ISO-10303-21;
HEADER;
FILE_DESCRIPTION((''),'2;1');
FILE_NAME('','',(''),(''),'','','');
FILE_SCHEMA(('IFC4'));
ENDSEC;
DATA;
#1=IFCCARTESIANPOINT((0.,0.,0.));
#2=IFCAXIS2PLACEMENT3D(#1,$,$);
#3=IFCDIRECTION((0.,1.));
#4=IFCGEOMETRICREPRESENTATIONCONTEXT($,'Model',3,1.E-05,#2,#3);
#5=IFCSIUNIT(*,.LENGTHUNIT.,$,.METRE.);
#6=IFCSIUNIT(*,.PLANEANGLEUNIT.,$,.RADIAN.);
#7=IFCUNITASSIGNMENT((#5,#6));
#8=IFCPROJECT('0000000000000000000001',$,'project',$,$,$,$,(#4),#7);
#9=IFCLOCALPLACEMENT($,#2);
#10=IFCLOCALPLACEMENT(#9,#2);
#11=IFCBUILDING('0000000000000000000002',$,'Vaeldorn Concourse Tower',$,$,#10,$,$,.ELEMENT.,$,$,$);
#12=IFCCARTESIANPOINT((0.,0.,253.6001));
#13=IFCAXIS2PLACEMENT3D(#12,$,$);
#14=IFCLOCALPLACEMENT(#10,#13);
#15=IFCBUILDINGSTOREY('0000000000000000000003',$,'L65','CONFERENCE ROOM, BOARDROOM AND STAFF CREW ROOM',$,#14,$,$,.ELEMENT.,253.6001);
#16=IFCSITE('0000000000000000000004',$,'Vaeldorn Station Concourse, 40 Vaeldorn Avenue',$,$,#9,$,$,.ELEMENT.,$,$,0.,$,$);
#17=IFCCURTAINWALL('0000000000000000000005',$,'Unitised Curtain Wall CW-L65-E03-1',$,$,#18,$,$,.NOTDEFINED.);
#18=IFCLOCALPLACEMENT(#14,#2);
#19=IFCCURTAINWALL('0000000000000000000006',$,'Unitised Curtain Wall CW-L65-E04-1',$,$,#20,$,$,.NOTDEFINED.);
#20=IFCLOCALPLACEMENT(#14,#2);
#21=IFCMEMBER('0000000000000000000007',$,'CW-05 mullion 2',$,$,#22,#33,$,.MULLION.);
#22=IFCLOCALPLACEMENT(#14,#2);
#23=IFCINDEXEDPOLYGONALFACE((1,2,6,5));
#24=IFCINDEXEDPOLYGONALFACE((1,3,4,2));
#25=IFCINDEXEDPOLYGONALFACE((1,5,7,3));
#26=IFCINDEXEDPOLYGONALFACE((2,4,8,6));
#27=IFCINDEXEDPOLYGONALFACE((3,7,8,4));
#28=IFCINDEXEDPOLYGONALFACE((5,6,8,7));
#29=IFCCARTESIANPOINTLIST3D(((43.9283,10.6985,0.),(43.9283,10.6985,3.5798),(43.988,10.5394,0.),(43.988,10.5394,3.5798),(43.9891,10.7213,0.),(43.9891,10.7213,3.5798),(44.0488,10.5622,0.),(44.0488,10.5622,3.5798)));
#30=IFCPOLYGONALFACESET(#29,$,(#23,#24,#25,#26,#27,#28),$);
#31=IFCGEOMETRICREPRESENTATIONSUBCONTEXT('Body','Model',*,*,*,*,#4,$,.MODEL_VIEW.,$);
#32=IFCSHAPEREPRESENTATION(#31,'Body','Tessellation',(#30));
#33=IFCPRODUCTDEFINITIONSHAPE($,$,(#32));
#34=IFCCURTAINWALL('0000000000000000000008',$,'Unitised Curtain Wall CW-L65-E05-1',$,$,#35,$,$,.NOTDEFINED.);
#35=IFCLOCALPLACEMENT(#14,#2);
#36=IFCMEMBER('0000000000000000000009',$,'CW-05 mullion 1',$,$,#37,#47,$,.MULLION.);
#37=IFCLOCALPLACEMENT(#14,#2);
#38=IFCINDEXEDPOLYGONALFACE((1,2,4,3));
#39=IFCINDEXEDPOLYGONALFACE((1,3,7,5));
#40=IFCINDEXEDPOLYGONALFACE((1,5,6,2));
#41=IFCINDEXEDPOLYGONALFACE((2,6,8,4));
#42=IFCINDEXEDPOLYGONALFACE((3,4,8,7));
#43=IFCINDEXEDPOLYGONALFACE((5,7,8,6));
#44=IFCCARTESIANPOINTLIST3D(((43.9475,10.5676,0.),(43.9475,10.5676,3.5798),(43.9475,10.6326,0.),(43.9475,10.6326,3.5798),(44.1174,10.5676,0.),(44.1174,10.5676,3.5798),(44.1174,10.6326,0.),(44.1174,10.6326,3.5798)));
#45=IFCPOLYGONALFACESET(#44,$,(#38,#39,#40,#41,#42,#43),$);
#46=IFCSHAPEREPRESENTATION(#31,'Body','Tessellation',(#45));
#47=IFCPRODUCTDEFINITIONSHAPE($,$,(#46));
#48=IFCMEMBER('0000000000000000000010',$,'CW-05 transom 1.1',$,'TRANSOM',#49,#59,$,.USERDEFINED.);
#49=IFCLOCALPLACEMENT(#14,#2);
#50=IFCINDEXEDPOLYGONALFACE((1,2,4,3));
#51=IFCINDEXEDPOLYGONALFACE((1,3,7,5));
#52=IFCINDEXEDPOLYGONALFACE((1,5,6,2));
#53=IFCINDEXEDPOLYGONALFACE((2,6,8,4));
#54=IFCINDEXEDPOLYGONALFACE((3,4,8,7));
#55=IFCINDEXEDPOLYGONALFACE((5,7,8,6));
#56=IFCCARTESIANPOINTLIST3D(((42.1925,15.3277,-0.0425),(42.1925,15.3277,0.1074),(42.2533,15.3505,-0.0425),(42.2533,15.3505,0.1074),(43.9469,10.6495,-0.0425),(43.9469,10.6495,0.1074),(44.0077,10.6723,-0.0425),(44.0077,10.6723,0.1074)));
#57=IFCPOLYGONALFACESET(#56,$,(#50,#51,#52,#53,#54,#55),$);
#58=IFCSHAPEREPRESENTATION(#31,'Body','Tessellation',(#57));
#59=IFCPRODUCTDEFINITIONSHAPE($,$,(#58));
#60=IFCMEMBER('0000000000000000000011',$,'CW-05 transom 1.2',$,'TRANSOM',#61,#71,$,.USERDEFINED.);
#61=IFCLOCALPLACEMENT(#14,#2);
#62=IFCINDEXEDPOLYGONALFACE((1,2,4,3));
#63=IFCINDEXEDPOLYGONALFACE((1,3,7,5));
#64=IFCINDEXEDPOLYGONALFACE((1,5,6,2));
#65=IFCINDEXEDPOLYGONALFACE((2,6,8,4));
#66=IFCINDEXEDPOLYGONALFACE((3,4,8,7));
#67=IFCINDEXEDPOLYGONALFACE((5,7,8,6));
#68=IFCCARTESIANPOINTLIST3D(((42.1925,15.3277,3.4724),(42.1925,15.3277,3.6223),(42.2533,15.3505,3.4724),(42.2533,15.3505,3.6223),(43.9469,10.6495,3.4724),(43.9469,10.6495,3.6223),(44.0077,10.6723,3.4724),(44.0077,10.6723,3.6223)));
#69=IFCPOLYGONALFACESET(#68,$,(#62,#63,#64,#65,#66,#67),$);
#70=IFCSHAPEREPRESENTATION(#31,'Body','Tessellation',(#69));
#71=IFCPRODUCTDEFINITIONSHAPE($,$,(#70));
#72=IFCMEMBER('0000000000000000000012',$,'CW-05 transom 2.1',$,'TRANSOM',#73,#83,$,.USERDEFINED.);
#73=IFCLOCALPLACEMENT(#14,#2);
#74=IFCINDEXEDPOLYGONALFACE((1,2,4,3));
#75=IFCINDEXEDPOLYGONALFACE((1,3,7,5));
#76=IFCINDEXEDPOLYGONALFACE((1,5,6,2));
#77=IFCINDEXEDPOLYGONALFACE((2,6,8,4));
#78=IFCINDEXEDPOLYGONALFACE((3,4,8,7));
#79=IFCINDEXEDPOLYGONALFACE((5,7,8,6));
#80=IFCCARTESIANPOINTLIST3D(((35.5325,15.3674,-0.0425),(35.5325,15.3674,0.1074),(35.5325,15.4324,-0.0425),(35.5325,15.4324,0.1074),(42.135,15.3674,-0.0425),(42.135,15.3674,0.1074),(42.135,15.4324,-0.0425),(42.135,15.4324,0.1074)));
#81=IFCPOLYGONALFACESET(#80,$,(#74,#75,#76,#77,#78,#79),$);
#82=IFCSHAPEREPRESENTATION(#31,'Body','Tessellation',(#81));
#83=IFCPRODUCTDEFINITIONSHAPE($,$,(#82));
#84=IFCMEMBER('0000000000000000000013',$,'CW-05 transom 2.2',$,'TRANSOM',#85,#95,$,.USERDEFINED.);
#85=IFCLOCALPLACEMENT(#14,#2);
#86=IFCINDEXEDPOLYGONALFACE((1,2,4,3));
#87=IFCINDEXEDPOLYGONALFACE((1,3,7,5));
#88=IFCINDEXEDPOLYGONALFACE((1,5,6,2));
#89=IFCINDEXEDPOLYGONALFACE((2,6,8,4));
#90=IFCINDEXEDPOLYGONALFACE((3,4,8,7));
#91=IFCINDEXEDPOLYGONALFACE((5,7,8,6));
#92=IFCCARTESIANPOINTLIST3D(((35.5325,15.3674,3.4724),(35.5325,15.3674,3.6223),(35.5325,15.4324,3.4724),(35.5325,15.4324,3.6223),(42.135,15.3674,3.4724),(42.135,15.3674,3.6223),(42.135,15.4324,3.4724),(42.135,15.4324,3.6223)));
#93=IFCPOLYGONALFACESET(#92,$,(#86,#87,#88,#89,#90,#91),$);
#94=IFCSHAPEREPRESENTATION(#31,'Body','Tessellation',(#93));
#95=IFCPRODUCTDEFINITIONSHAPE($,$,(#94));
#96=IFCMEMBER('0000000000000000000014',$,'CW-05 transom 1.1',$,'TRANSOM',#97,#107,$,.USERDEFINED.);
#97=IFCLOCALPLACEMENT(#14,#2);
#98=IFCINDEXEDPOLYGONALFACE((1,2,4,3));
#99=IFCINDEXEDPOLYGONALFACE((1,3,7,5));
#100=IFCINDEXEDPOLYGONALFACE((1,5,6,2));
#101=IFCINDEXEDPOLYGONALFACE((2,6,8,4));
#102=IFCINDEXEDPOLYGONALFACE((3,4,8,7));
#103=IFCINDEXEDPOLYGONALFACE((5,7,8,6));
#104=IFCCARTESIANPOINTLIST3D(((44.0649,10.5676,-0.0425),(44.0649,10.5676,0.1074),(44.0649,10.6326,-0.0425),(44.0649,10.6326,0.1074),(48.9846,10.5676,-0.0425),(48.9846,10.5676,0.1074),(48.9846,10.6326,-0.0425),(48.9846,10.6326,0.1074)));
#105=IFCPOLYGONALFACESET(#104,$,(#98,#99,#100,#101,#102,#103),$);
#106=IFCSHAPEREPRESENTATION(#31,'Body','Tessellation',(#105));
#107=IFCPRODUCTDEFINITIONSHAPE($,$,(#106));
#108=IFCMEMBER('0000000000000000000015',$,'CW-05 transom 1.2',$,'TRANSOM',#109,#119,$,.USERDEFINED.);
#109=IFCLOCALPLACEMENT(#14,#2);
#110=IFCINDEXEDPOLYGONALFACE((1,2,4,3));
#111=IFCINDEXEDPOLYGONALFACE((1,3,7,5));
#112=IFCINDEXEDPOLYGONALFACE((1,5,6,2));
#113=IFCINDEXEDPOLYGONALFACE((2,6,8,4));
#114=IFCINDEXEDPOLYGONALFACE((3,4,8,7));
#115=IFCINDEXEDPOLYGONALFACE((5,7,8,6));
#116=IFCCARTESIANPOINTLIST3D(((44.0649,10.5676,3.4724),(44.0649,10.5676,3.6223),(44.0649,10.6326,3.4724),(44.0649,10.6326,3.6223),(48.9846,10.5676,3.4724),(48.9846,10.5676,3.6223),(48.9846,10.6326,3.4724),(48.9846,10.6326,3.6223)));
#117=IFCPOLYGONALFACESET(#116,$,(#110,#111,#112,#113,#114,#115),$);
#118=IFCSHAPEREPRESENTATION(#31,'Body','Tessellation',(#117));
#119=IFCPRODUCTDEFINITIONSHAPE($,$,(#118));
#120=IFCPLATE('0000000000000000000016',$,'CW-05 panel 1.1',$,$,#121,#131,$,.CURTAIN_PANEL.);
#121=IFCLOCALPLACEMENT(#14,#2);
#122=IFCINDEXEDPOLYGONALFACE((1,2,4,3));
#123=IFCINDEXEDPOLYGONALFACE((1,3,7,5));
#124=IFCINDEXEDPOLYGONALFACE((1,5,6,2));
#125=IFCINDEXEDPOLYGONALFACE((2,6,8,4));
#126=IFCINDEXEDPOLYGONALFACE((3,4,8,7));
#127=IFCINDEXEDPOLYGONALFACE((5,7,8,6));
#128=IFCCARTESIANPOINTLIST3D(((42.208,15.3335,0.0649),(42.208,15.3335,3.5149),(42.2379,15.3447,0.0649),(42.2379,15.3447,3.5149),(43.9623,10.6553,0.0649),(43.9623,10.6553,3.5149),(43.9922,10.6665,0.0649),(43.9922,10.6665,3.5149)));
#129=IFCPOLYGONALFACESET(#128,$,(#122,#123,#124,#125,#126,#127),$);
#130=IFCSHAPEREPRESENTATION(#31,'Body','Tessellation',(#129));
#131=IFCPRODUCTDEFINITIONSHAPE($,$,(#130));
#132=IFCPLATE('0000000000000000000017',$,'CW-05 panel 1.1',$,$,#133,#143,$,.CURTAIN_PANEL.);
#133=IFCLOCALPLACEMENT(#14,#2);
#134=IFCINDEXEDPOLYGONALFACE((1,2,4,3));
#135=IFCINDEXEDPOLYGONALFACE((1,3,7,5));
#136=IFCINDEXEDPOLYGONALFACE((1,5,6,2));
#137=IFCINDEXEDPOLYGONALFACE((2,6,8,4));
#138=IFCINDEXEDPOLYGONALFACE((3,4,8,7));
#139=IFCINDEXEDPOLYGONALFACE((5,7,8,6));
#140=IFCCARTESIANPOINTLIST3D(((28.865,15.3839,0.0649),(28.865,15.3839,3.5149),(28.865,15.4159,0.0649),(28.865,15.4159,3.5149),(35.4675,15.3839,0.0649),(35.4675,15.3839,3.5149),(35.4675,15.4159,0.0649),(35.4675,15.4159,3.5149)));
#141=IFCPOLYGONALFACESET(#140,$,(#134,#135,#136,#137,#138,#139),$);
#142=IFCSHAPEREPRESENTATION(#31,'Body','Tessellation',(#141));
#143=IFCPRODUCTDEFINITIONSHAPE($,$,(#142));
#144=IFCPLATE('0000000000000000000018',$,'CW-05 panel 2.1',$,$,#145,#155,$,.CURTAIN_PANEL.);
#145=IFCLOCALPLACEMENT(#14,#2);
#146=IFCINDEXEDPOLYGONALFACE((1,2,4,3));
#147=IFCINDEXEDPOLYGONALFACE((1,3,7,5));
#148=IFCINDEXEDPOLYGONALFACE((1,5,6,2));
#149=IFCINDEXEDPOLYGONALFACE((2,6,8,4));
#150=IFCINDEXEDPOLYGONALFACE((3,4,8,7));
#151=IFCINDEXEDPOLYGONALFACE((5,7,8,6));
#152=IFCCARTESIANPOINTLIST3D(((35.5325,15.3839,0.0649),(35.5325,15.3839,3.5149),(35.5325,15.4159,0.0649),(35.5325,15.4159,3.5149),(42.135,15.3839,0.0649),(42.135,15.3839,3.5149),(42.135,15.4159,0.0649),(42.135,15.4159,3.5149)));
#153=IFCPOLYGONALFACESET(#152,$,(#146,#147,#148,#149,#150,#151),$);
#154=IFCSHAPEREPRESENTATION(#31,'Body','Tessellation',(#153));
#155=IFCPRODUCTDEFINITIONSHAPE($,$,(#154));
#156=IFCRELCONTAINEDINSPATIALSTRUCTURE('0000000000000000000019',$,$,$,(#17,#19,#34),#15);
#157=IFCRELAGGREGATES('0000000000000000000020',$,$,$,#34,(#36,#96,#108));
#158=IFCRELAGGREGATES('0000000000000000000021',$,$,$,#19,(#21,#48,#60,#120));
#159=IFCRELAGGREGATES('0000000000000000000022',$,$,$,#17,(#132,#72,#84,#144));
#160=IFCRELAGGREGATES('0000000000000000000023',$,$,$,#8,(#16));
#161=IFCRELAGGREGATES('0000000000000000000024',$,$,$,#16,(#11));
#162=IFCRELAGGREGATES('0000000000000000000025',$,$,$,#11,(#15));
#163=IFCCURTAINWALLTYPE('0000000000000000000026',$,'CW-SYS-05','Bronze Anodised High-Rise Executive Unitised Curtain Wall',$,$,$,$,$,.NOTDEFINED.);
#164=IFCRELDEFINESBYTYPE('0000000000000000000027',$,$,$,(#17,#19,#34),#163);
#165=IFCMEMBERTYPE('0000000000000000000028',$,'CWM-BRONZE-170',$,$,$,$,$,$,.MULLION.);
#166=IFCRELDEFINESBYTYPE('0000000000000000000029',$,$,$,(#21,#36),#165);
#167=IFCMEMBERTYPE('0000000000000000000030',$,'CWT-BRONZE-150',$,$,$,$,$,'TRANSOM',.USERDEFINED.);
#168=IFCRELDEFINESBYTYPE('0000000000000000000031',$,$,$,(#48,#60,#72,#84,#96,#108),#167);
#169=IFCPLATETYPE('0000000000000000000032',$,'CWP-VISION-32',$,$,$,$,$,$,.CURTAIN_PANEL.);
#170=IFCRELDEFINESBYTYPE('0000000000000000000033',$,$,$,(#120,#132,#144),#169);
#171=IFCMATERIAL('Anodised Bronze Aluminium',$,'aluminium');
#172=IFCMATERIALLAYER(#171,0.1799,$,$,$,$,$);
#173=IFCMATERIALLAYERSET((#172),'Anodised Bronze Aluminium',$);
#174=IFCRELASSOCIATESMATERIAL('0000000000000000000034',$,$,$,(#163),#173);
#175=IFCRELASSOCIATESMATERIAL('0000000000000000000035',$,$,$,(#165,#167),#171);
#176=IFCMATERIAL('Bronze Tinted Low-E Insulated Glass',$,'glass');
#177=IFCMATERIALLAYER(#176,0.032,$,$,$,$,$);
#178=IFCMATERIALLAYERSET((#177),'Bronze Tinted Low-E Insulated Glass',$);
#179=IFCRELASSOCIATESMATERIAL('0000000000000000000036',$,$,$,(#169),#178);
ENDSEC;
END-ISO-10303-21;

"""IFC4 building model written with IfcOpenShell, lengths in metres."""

from ifc_helpers import new_model, si_unit, direction, frame, origin, origin_2d, place, context, subcontext, project, spatial, rectangle, extrude, source, transform, mapped, material, layer, layer_set, material_profile, profile_set, type_object, element, aggregate, save


model = new_model("IFC4")

# Units and contexts
model_context = context("Model", 3, precision=1e-05, world=origin(), true_north=direction((0.0, 1.0)))
body_context = subcontext(model_context, "Body", "Model", "MODEL_VIEW")
ifc_project = project(units=[si_unit("LENGTHUNIT", "METRE"), si_unit("PLANEANGLEUNIT", "RADIAN")], contexts=[model_context])

# Site, building, storey
site_placement = place(None, origin())
site = spatial("IfcSite", under=ifc_project, at=site_placement, Name="Vaeldorn Station Concourse, 40 Vaeldorn Avenue", CompositionType="ELEMENT", RefElevation=0.0)
building_placement = place(site_placement, origin())
building = spatial("IfcBuilding", under=site, at=building_placement, Name="Vaeldorn Concourse Tower", CompositionType="ELEMENT")
storey_placement = place(building_placement, frame((0.0, 0.0, 253.6001)))
storey = spatial("IfcBuildingStorey", under=building, at=storey_placement, Name="L65", Description="CONFERENCE ROOM, BOARDROOM AND STAFF CREW ROOM", CompositionType="ELEMENT", Elevation=253.6001)

# Curtain walls, member
ifc_material_1 = material(Name="Anodised Bronze Aluminium", Category="aluminium")
ifc_layer_1 = layer(ifc_material_1, 0.1799)
ifc_layer_set_1 = layer_set([ifc_layer_1], Name="Anodised Bronze Aluminium")
curtain_wall_type = type_object("IfcCurtainWallType", Name="CW-SYS-05", Description="Bronze Anodised High-Rise Executive Unitised Curtain Wall", PredefinedType="NOTDEFINED", material=ifc_layer_set_1)
curtain_wall_1_placement = place(storey_placement, origin())
curtain_wall_1 = element("IfcCurtainWall", 1, at=curtain_wall_1_placement, inside=storey, type_object=curtain_wall_type, Name="Unitised Curtain Wall CW-L65-E03-1", PredefinedType="NOTDEFINED")
ifc_material_profile_1 = material_profile(ifc_material_1, rectangle(XDim=0.0649, YDim=0.1699, at=origin_2d()), Name="CWM 65x170")
ifc_profile_set_1 = profile_set([ifc_material_profile_1], Name="Anodised Bronze Aluminium")
member_type_1 = type_object("IfcMemberType", Name="CWM-BRONZE-170", PredefinedType="MULLION", material=ifc_profile_set_1)
shared_shape_1 = source(origin(), body_context, "Body", "SweptSolid", [
    extrude(rectangle(XDim=0.0649, YDim=0.1699, at=origin_2d()), origin(), (0.0, 0.0, 1.0), 3.5798),
])
curtain_wall_2_placement = place(storey_placement, origin())
curtain_wall_2 = element("IfcCurtainWall", 2, at=curtain_wall_2_placement, inside=storey, type_object=curtain_wall_type, Name="Unitised Curtain Wall CW-L65-E04-1", PredefinedType="NOTDEFINED")
member_1_placement = place(storey_placement, frame((43.9885, 10.6304, 0.0), z_axis=(0.0, 0.0, 1.0), x_axis=(0.936329, 0.351123, 0.0)))
member_1 = element("IfcMember", 3, at=member_1_placement, type_object=member_type_1, Name="CW-05 mullion 2", PredefinedType="MULLION", context=body_context, shape_type="MappedRepresentation", body=[
    mapped(shared_shape_1, transform((0.0, 0.0, 0.0), scale=1.0)),
])

# Curtain wall, member
curtain_wall_3_placement = place(storey_placement, origin())
curtain_wall_3 = element("IfcCurtainWall", 4, at=curtain_wall_3_placement, inside=storey, type_object=curtain_wall_type, Name="Unitised Curtain Wall CW-L65-E05-1", PredefinedType="NOTDEFINED")
member_2_placement = place(storey_placement, frame((44.0325, 10.6001, 0.0), z_axis=(0.0, 0.0, 1.0), x_axis=(0.0, 1.0, 0.0)))
member_2 = element("IfcMember", 5, at=member_2_placement, type_object=member_type_1, Name="CW-05 mullion 1", PredefinedType="MULLION", context=body_context, shape_type="MappedRepresentation", body=[
    mapped(shared_shape_1, transform((0.0, 0.0, 0.0), scale=1.0)),
])

# Members
ifc_material_profile_2 = material_profile(ifc_material_1, rectangle(XDim=0.0649, YDim=0.1499, at=origin_2d()), Name="CWT 65x150")
ifc_profile_set_2 = profile_set([ifc_material_profile_2], Name="Anodised Bronze Aluminium")
member_type_2 = type_object("IfcMemberType", Name="CWT-BRONZE-150", ElementType="TRANSOM", PredefinedType="USERDEFINED", material=ifc_profile_set_2)
shared_shape_2 = source(origin(), body_context, "Body", "SweptSolid", [
    extrude(rectangle(XDim=0.0649, YDim=0.1499, at=origin_2d()), origin(), (0.0, 0.0, 1.0), 4.9963),
])
member_3_placement = place(storey_placement, frame((42.2229, 15.3391, 0.0325), z_axis=(0.351134, -0.936325, 0.0), x_axis=(0.936325, 0.351134, 0.0)))
member_3 = element("IfcMember", 6, at=member_3_placement, type_object=member_type_2, Name="CW-05 transom 1.1", ObjectType="TRANSOM", PredefinedType="USERDEFINED", context=body_context, shape_type="MappedRepresentation", body=[
    mapped(shared_shape_2, transform((0.0, 0.0, 0.0), scale=1.0)),
])
member_4_placement = place(storey_placement, frame((42.2229, 15.3391, 3.5474), z_axis=(0.351134, -0.936325, 0.0), x_axis=(0.936325, 0.351134, 0.0)))
member_4 = element("IfcMember", 7, at=member_4_placement, type_object=member_type_2, Name="CW-05 transom 1.2", ObjectType="TRANSOM", PredefinedType="USERDEFINED", context=body_context, shape_type="MappedRepresentation", body=[
    mapped(shared_shape_2, transform((0.0, 0.0, 0.0), scale=1.0)),
])
shared_shape_3 = source(origin(), body_context, "Body", "SweptSolid", [
    extrude(rectangle(XDim=0.0649, YDim=0.1499, at=origin_2d()), origin(), (0.0, 0.0, 1.0), 6.6025),
])
member_5_placement = place(storey_placement, frame((35.5325, 15.3999, 0.0325), z_axis=(1.0, 0.0, 0.0), x_axis=(0.0, 1.0, 0.0)))
member_5 = element("IfcMember", 8, at=member_5_placement, type_object=member_type_2, Name="CW-05 transom 2.1", ObjectType="TRANSOM", PredefinedType="USERDEFINED", context=body_context, shape_type="MappedRepresentation", body=[
    mapped(shared_shape_3, transform((0.0, 0.0, 0.0), scale=1.0)),
])
member_6_placement = place(storey_placement, frame((35.5325, 15.3999, 3.5474), z_axis=(1.0, 0.0, 0.0), x_axis=(0.0, 1.0, 0.0)))
member_6 = element("IfcMember", 9, at=member_6_placement, type_object=member_type_2, Name="CW-05 transom 2.2", ObjectType="TRANSOM", PredefinedType="USERDEFINED", context=body_context, shape_type="MappedRepresentation", body=[
    mapped(shared_shape_3, transform((0.0, 0.0, 0.0), scale=1.0)),
])
shared_shape_4 = source(origin(), body_context, "Body", "SweptSolid", [
    extrude(rectangle(XDim=0.0649, YDim=0.1499, at=origin_2d()), origin(), (0.0, 0.0, 1.0), 4.9197),
])
member_7_placement = place(storey_placement, frame((44.0649, 10.6001, 0.0325), z_axis=(1.0, 0.0, 0.0), x_axis=(0.0, 1.0, 0.0)))
member_7 = element("IfcMember", 10, at=member_7_placement, type_object=member_type_2, Name="CW-05 transom 1.1", ObjectType="TRANSOM", PredefinedType="USERDEFINED", context=body_context, shape_type="MappedRepresentation", body=[
    mapped(shared_shape_4, transform((0.0, 0.0, 0.0), scale=1.0)),
])
member_8_placement = place(storey_placement, frame((44.0649, 10.6001, 3.5474), z_axis=(1.0, 0.0, 0.0), x_axis=(0.0, 1.0, 0.0)))
member_8 = element("IfcMember", 11, at=member_8_placement, type_object=member_type_2, Name="CW-05 transom 1.2", ObjectType="TRANSOM", PredefinedType="USERDEFINED", context=body_context, shape_type="MappedRepresentation", body=[
    mapped(shared_shape_4, transform((0.0, 0.0, 0.0), scale=1.0)),
])
aggregate(curtain_wall_3, [member_2, member_7, member_8])

# Plates
ifc_material_2 = material(Name="Bronze Tinted Low-E Insulated Glass", Category="glass")
ifc_layer_2 = layer(ifc_material_2, 0.032)
ifc_layer_set_2 = layer_set([ifc_layer_2], Name="Bronze Tinted Low-E Insulated Glass")
plate_type = type_object("IfcPlateType", Name="CWP-VISION-32", PredefinedType="CURTAIN_PANEL", material=ifc_layer_set_2)
shared_shape_5 = source(origin(), body_context, "Body", "SweptSolid", [
    extrude(rectangle(XDim=4.9963, YDim=0.032, at=origin_2d()), origin(), (0.0, 0.0, 1.0), 3.45),
])
plate_1_placement = place(storey_placement, frame((43.1001, 13.0, 0.0649), z_axis=(0.0, 0.0, 1.0), x_axis=(0.351123, -0.936329, 0.0)))
plate_1 = element("IfcPlate", 12, at=plate_1_placement, type_object=plate_type, Name="CW-05 panel 1.1", PredefinedType="CURTAIN_PANEL", context=body_context, shape_type="MappedRepresentation", body=[
    mapped(shared_shape_5, transform((0.0, 0.0, 0.0), scale=1.0)),
])
aggregate(curtain_wall_2, [member_1, member_3, member_4, plate_1])
shared_shape_6 = source(origin(), body_context, "Body", "SweptSolid", [
    extrude(rectangle(XDim=6.6025, YDim=0.032, at=origin_2d()), origin(), (0.0, 0.0, 1.0), 3.45),
])
plate_2_placement = place(storey_placement, frame((32.1663, 15.3999, 0.0649), z_axis=(0.0, 0.0, 1.0), x_axis=(1.0, 0.0, 0.0)))
plate_2 = element("IfcPlate", 13, at=plate_2_placement, type_object=plate_type, Name="CW-05 panel 1.1", PredefinedType="CURTAIN_PANEL", context=body_context, shape_type="MappedRepresentation", body=[
    mapped(shared_shape_6, transform((0.0, 0.0, 0.0), scale=1.0)),
])
plate_3_placement = place(storey_placement, frame((38.8337, 15.3999, 0.0649), z_axis=(0.0, 0.0, 1.0), x_axis=(1.0, 0.0, 0.0)))
plate_3 = element("IfcPlate", 14, at=plate_3_placement, type_object=plate_type, Name="CW-05 panel 2.1", PredefinedType="CURTAIN_PANEL", context=body_context, shape_type="MappedRepresentation", body=[
    mapped(shared_shape_6, transform((0.0, 0.0, 0.0), scale=1.0)),
])
aggregate(curtain_wall_1, [plate_2, member_5, member_6, plate_3])

save(model, "model.ifc")
